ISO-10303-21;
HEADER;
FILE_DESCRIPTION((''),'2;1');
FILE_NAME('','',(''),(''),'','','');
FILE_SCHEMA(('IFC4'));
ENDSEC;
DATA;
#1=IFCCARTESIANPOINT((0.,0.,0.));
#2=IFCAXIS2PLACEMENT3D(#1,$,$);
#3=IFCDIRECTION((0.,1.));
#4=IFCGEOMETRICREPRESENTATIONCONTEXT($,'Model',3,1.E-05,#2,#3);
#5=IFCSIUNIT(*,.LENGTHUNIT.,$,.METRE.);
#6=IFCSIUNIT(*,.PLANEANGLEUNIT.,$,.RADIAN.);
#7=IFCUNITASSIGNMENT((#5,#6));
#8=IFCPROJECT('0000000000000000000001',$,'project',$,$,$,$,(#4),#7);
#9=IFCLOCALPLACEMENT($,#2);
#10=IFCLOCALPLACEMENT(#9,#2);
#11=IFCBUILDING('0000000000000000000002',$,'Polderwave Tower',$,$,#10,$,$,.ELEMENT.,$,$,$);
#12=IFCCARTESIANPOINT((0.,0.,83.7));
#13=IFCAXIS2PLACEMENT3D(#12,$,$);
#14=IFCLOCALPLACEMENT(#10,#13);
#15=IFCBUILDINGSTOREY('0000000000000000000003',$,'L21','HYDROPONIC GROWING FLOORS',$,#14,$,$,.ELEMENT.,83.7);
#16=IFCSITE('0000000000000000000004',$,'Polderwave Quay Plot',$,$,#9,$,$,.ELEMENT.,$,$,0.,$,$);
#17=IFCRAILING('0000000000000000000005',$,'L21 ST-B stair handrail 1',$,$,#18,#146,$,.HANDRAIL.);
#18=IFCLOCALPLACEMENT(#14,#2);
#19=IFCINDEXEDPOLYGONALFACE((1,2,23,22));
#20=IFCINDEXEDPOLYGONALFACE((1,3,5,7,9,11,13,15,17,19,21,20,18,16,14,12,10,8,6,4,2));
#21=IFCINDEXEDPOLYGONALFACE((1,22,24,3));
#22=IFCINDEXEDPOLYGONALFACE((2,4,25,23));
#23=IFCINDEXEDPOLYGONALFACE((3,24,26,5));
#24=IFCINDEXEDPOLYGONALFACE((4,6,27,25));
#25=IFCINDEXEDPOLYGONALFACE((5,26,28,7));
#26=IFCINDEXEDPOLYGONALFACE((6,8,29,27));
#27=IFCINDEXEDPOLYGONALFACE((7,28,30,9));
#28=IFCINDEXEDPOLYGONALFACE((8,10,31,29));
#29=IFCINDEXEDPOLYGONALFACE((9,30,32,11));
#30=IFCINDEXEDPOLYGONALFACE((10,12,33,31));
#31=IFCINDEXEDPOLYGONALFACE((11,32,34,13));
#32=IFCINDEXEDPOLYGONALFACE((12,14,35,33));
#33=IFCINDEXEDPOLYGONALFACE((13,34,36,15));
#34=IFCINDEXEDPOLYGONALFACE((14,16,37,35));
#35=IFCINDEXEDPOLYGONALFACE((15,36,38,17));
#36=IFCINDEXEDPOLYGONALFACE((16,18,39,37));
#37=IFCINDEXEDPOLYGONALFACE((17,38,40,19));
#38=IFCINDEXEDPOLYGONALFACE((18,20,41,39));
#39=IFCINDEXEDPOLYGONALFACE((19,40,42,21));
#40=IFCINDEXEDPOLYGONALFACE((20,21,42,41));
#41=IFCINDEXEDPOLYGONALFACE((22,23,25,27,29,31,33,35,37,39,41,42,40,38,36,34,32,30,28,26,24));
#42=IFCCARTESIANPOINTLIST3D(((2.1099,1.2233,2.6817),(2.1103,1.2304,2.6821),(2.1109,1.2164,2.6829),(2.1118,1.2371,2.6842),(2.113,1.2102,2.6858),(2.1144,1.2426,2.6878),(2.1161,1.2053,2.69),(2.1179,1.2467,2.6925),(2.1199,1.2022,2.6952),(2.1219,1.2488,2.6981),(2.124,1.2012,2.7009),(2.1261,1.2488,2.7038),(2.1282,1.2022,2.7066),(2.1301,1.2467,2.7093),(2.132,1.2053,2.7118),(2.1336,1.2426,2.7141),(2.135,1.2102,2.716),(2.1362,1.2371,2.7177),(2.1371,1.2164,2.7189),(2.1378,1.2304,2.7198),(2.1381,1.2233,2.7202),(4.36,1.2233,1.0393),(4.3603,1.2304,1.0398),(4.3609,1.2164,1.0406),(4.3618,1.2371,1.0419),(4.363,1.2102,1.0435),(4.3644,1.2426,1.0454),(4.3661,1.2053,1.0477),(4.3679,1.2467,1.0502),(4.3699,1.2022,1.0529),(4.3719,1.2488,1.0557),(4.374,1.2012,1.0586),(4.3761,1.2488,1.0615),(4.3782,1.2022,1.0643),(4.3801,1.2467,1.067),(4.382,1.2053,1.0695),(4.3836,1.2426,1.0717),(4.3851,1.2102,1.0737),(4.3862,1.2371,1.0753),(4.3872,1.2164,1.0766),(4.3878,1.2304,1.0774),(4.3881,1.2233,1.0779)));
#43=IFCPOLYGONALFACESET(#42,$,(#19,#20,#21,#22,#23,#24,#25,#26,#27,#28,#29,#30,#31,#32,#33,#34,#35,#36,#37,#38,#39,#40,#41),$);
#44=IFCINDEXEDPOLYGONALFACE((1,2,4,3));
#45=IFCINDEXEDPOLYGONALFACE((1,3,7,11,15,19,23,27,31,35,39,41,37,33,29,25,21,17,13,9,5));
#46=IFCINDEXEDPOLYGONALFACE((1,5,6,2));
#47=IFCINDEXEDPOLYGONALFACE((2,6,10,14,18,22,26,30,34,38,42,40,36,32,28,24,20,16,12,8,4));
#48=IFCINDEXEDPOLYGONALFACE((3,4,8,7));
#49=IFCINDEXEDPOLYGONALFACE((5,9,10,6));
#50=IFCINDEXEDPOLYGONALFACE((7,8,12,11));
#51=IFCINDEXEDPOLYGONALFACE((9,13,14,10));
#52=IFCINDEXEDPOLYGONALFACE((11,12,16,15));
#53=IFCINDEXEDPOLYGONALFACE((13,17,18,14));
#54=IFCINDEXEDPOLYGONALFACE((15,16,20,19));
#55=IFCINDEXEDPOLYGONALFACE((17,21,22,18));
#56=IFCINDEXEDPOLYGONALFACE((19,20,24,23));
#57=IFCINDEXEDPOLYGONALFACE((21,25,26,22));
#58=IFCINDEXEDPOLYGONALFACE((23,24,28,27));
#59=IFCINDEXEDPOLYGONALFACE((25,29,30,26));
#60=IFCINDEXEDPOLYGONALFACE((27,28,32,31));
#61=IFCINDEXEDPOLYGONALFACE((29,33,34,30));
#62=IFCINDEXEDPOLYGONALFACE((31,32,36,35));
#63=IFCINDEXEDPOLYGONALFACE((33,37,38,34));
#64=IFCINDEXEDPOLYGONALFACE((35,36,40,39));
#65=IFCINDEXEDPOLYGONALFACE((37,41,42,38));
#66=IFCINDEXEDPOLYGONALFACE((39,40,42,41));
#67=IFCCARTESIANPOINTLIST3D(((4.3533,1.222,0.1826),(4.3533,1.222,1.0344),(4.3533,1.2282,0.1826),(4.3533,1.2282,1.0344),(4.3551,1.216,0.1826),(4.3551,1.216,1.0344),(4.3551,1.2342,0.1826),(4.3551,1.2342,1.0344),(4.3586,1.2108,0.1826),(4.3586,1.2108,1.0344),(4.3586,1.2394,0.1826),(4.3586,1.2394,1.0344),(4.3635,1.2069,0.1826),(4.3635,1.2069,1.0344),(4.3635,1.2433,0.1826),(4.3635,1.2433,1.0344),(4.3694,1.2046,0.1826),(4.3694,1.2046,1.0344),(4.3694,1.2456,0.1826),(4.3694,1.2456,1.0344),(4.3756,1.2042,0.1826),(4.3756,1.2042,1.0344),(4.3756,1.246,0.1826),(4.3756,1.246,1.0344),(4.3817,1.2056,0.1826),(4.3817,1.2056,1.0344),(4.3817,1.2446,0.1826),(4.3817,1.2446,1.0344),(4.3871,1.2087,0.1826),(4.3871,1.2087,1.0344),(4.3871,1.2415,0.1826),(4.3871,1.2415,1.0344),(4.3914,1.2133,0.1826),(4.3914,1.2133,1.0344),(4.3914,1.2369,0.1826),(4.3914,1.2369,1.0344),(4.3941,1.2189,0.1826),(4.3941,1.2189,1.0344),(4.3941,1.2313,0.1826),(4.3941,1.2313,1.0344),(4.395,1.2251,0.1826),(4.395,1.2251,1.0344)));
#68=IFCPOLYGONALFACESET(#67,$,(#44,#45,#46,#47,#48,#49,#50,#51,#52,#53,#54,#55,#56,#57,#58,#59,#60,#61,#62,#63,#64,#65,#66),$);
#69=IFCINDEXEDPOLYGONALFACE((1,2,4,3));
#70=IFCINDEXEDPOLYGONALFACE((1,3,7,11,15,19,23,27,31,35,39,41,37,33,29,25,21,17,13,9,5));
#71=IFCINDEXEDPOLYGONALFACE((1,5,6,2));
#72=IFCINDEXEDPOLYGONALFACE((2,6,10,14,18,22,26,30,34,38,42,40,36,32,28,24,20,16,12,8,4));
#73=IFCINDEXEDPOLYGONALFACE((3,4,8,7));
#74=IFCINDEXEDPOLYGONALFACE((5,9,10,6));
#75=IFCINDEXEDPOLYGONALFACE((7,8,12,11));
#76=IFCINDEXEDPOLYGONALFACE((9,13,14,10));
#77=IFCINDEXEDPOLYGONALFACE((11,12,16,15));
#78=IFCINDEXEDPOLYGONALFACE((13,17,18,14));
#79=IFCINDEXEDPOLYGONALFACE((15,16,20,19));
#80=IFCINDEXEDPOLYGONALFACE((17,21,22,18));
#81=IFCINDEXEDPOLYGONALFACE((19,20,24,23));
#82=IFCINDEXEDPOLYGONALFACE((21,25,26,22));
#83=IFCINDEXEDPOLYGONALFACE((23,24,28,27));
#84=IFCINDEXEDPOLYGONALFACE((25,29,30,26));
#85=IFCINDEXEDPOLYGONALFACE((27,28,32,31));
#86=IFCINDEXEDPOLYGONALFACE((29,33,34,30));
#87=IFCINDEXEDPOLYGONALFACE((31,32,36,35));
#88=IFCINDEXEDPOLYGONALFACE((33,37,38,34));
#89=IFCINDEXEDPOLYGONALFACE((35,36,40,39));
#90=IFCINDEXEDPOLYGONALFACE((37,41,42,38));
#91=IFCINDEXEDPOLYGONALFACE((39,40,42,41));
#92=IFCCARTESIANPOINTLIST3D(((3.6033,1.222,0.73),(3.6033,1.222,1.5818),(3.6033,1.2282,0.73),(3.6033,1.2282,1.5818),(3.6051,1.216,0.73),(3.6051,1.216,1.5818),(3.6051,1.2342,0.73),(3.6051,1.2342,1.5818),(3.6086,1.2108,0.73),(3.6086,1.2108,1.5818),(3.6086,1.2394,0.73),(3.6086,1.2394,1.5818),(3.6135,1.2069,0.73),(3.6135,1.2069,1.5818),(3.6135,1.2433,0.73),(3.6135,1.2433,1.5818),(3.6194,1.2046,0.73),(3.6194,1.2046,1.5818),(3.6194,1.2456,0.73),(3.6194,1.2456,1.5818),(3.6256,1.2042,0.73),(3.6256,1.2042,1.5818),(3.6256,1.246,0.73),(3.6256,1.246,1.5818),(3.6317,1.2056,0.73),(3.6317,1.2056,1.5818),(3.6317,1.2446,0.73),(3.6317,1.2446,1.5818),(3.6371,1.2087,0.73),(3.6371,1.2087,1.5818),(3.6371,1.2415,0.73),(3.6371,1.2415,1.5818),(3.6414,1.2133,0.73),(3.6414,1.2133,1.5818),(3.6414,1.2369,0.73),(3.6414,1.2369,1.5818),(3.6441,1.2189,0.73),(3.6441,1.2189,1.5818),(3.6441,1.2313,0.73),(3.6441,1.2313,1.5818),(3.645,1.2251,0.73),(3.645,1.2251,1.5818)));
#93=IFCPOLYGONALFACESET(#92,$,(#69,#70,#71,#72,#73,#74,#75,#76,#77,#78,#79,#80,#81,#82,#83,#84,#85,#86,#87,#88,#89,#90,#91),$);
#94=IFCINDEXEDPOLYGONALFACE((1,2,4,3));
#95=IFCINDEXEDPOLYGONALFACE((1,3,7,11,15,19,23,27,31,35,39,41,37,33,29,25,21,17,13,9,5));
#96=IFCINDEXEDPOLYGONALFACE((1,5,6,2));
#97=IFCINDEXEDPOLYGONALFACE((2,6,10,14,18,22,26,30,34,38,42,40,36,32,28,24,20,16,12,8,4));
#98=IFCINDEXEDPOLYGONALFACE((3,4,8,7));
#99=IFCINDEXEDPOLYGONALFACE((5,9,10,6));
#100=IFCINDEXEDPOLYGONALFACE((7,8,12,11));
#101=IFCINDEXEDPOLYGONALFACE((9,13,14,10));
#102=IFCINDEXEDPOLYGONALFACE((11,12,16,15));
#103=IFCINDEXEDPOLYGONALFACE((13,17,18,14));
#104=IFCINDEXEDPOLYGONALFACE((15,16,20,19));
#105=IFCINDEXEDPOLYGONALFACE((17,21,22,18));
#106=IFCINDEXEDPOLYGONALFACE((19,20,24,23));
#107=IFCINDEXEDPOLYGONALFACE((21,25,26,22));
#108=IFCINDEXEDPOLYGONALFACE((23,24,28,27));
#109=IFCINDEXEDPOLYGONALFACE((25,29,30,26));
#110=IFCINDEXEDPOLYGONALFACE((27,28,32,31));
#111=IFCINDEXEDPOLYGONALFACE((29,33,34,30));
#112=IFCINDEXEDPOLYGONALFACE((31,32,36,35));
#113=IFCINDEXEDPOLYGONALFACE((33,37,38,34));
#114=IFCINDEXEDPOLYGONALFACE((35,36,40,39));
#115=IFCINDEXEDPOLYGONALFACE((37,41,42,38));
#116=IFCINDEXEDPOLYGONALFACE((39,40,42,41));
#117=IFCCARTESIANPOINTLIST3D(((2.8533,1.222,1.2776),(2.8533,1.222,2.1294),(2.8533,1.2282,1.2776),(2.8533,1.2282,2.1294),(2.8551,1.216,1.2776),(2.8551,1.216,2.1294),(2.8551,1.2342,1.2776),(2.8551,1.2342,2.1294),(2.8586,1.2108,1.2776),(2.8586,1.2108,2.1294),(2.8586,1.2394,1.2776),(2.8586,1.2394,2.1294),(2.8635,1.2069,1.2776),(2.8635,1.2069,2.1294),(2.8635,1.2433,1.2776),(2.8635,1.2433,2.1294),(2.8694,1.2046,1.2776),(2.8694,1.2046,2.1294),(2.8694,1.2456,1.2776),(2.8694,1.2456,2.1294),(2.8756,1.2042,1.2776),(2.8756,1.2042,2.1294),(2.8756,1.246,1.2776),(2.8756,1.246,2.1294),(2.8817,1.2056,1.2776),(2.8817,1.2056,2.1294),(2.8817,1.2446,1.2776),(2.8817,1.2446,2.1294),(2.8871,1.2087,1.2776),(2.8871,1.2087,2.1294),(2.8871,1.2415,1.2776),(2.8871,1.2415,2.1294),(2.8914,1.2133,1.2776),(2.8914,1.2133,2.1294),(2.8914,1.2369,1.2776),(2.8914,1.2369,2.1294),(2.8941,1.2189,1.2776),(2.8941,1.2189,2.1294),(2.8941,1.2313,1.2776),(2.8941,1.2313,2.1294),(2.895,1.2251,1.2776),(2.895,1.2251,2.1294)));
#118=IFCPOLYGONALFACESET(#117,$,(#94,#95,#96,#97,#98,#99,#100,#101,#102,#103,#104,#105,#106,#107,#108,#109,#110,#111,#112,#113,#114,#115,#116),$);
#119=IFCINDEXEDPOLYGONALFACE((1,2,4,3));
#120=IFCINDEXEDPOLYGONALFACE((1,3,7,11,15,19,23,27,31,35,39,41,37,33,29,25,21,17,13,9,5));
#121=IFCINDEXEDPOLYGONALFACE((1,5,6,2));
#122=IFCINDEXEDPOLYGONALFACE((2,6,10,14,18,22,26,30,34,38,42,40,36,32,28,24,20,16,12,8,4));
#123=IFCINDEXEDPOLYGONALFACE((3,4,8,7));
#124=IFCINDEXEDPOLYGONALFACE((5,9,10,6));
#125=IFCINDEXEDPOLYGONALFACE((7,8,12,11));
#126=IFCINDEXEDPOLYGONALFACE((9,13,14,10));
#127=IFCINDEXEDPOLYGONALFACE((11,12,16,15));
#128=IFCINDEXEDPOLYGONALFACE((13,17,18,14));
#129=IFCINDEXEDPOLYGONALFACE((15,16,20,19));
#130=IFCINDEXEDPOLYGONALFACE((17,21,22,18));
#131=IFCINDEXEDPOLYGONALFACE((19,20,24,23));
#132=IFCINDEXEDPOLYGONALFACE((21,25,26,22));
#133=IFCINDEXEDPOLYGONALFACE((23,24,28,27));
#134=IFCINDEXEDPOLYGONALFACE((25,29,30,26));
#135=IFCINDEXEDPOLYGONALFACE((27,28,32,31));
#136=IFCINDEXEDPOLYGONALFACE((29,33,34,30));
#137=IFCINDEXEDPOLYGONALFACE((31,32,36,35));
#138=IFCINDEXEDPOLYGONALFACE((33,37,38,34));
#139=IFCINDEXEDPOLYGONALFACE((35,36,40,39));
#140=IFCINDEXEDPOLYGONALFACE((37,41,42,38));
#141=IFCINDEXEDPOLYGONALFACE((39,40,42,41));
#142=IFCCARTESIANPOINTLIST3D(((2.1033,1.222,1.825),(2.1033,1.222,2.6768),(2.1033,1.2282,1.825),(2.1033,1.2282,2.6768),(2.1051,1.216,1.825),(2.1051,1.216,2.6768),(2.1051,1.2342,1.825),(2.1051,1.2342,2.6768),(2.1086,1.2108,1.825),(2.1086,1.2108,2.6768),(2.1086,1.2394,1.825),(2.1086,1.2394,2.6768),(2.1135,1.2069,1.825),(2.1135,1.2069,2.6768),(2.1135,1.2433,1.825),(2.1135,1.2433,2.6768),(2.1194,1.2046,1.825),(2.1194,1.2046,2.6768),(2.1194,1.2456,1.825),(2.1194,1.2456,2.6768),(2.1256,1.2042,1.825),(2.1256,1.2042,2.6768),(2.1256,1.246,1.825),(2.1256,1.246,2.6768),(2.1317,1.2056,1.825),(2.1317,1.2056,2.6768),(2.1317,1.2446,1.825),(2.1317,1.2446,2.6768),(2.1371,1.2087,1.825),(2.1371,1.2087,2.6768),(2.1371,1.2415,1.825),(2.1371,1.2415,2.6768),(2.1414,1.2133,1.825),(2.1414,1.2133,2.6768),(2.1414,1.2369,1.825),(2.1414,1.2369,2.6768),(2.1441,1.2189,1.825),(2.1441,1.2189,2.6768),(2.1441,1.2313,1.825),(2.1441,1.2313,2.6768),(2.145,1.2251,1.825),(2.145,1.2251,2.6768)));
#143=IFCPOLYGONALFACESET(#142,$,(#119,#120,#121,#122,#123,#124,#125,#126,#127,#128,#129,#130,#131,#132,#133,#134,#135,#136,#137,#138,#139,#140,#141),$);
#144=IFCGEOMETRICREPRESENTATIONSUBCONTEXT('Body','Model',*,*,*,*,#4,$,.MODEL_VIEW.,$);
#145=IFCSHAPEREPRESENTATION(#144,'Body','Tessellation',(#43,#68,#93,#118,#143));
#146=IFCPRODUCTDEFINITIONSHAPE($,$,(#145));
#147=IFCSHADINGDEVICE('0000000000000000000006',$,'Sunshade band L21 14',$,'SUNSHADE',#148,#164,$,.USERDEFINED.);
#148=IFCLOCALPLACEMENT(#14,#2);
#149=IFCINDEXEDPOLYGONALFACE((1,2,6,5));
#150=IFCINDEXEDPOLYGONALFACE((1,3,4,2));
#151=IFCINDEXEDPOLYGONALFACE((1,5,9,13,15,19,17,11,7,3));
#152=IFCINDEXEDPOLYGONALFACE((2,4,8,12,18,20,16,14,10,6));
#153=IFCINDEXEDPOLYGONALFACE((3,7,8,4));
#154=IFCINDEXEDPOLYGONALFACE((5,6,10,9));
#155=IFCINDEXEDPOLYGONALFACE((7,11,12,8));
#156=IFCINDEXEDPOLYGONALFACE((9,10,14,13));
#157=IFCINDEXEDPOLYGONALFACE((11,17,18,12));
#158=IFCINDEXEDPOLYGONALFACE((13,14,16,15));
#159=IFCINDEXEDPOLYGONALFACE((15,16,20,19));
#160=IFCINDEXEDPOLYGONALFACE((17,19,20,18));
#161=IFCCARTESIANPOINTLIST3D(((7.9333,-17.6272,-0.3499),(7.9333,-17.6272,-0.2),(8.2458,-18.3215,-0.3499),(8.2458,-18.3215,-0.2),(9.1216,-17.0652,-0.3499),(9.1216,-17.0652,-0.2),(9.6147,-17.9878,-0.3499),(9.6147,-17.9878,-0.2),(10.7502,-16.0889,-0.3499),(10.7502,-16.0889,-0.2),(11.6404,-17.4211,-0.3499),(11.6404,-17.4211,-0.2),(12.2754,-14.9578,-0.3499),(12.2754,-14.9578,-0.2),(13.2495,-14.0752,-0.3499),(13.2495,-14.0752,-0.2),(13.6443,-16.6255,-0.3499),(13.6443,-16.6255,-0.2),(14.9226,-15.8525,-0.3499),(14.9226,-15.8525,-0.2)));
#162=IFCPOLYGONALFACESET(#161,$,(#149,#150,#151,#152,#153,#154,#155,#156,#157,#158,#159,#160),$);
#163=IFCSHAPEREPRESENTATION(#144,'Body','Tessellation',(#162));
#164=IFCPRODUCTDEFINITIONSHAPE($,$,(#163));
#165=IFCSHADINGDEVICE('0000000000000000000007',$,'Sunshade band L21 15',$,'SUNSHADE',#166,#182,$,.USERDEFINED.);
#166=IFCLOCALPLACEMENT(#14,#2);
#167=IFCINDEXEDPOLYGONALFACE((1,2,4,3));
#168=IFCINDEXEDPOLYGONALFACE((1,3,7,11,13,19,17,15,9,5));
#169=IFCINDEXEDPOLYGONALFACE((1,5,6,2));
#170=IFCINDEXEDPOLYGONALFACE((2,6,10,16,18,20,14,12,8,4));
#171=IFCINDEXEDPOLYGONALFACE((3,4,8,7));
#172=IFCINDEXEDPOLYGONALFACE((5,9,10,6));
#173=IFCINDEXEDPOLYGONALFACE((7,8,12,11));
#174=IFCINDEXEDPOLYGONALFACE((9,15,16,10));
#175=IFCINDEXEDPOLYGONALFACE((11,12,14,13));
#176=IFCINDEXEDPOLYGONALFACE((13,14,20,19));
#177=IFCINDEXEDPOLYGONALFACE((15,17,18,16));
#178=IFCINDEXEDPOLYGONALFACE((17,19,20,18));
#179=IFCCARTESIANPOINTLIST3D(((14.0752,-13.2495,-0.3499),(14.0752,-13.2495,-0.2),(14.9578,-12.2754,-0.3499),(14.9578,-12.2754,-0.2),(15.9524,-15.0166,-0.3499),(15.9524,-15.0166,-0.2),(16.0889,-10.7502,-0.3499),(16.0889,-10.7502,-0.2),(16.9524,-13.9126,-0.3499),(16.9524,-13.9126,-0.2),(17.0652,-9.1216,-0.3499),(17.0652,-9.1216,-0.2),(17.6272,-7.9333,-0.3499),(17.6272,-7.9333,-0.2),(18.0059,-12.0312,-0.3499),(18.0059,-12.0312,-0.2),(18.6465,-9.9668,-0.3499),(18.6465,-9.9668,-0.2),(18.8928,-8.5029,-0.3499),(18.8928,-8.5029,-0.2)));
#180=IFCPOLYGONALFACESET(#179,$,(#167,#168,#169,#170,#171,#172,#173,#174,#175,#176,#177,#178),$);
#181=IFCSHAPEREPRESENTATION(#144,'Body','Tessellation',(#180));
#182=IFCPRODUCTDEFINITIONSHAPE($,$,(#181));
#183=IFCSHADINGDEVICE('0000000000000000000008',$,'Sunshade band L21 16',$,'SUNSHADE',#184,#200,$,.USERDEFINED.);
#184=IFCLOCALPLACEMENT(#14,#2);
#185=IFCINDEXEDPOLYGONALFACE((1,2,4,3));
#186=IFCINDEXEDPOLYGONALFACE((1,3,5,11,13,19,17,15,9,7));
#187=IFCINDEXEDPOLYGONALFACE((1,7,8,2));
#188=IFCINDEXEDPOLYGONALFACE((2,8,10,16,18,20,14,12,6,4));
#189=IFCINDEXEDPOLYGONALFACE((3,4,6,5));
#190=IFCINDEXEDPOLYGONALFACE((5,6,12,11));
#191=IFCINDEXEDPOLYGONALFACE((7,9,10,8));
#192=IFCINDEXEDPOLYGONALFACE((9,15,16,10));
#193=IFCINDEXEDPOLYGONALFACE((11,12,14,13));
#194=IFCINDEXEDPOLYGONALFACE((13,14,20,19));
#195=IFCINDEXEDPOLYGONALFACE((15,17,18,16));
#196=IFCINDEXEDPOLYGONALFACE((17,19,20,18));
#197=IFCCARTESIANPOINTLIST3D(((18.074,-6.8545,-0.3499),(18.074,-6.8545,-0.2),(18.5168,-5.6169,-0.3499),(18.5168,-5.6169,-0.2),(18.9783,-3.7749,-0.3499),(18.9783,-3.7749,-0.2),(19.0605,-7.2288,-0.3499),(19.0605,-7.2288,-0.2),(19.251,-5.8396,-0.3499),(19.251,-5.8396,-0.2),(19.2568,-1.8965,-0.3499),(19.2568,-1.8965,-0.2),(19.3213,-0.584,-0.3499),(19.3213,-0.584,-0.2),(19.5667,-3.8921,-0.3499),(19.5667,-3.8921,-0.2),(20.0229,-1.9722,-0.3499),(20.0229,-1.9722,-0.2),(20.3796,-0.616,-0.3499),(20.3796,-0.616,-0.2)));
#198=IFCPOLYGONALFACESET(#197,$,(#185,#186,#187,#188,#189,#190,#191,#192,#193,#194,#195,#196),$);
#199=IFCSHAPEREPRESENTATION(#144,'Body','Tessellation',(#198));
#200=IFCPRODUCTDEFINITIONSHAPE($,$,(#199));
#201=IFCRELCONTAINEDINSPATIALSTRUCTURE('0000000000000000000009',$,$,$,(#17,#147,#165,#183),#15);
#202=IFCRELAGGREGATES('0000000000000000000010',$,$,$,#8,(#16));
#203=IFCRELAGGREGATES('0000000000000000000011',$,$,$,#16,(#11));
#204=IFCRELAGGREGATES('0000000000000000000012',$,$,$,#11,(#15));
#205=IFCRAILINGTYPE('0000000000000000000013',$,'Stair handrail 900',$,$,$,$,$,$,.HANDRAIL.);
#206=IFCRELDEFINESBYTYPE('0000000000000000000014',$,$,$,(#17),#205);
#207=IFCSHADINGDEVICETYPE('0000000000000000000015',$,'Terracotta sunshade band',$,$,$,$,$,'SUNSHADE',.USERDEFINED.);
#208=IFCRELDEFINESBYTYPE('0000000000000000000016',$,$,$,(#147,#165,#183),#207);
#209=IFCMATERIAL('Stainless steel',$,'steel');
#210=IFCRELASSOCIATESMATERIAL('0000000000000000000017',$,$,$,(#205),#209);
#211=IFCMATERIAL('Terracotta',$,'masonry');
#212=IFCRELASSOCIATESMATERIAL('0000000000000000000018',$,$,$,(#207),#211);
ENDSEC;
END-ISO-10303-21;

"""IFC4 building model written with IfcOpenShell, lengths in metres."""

from ifc_helpers import new_model, si_unit, direction, frame, origin, origin_2d, place, context, subcontext, project, spatial, polyline, circle, outline, extrude, material, type_object, element, save


model = new_model("IFC4")

# Units and contexts
model_context = context("Model", 3, precision=1e-05, world=origin(), true_north=direction((0.0, 1.0)))
body_context = subcontext(model_context, "Body", "Model", "MODEL_VIEW")
ifc_project = project(units=[si_unit("LENGTHUNIT", "METRE"), si_unit("PLANEANGLEUNIT", "RADIAN")], contexts=[model_context])

# Site, building, storey
site_placement = place(None, origin())
site = spatial("IfcSite", under=ifc_project, at=site_placement, Name="Polderwave Quay Plot", CompositionType="ELEMENT", RefElevation=0.0)
building_placement = place(site_placement, origin())
building = spatial("IfcBuilding", under=site, at=building_placement, Name="Polderwave Tower", CompositionType="ELEMENT")
storey_placement = place(building_placement, frame((0.0, 0.0, 83.7)))
storey = spatial("IfcBuildingStorey", under=building, at=storey_placement, Name="L21", Description="HYDROPONIC GROWING FLOORS", CompositionType="ELEMENT", Elevation=83.7)

# Railing
ifc_material_1 = material(Name="Stainless steel", Category="steel")
railing_type_1 = type_object("IfcRailingType", Name="Stair handrail 900", PredefinedType="HANDRAIL", material=ifc_material_1)
railing_1_placement = place(storey_placement, frame((4.374, 1.2251, 0.1826)))
element("IfcRailing", 1, at=railing_1_placement, inside=storey, type_object=railing_type_1, Name="L21 ST-B stair handrail 1", PredefinedType="HANDRAIL", context=body_context, shape_type="SweptSolid", body=[
    extrude(circle(Radius=0.0239, at=origin_2d()), frame((0.0, 0.0, 0.876), z_axis=(-0.807715, 0.0, 0.589573), x_axis=(0.0, -1.0, 0.0)), (0.0, 0.0, 1.0), 2.7856),
    extrude(circle(Radius=0.021, at=origin_2d()), origin(), (0.0, 0.0, 1.0), 0.8518),
    extrude(circle(Radius=0.021, at=origin_2d()), frame((-0.75, 0.0, 0.5474)), (0.0, 0.0, 1.0), 0.8518),
    extrude(circle(Radius=0.021, at=origin_2d()), frame((-1.5, 0.0, 1.095)), (0.0, 0.0, 1.0), 0.8518),
    extrude(circle(Radius=0.021, at=origin_2d()), frame((-2.25, 0.0, 1.6423)), (0.0, 0.0, 1.0), 0.8518),
])

# Shading devices
ifc_material_2 = material(Name="Terracotta", Category="masonry")
shading_device_type = type_object("IfcShadingDeviceType", Name="Terracotta sunshade band", ElementType="SUNSHADE", PredefinedType="USERDEFINED", material=ifc_material_2)
shading_device_1_placement = place(storey_placement, frame((0.0, 0.0, -0.3499)))
element("IfcShadingDevice", 2, at=shading_device_1_placement, inside=storey, type_object=shading_device_type, Name="Sunshade band L21 14", ObjectType="SUNSHADE", PredefinedType="USERDEFINED", context=body_context, shape_type="SweptSolid", body=[
    extrude(outline(polyline([(7.9333, -17.6272), (9.1216, -17.0652), (10.7502, -16.0889), (12.2754, -14.9578), (13.2495, -14.0752), (14.9226, -15.8525), (13.6443, -16.6255), (11.6404, -17.4211), (9.6147, -17.9878), (8.2458, -18.3215), (7.9333, -17.6272)])), origin(), (0.0, 0.0, 1.0), 0.1499),
])
shading_device_2_placement = place(storey_placement, frame((0.0, 0.0, -0.3499)))
element("IfcShadingDevice", 3, at=shading_device_2_placement, inside=storey, type_object=shading_device_type, Name="Sunshade band L21 15", ObjectType="SUNSHADE", PredefinedType="USERDEFINED", context=body_context, shape_type="SweptSolid", body=[
    extrude(outline(polyline([(14.0752, -13.2495), (14.9578, -12.2754), (16.0889, -10.7502), (17.0652, -9.1216), (17.6272, -7.9333), (18.8928, -8.5029), (18.6465, -9.9668), (18.0059, -12.0312), (16.9524, -13.9126), (15.9524, -15.0166), (14.0752, -13.2495)])), origin(), (0.0, 0.0, 1.0), 0.1499),
])
shading_device_3_placement = place(storey_placement, frame((0.0, 0.0, -0.3499)))
element("IfcShadingDevice", 4, at=shading_device_3_placement, inside=storey, type_object=shading_device_type, Name="Sunshade band L21 16", ObjectType="SUNSHADE", PredefinedType="USERDEFINED", context=body_context, shape_type="SweptSolid", body=[
    extrude(outline(polyline([(18.074, -6.8545), (18.5168, -5.6169), (18.9783, -3.7749), (19.2568, -1.8965), (19.3213, -0.584), (20.3796, -0.616), (20.0229, -1.9722), (19.5667, -3.8921), (19.251, -5.8396), (19.0605, -7.2288), (18.074, -6.8545)])), origin(), (0.0, 0.0, 1.0), 0.1499),
])

save(model, "model.ifc")
